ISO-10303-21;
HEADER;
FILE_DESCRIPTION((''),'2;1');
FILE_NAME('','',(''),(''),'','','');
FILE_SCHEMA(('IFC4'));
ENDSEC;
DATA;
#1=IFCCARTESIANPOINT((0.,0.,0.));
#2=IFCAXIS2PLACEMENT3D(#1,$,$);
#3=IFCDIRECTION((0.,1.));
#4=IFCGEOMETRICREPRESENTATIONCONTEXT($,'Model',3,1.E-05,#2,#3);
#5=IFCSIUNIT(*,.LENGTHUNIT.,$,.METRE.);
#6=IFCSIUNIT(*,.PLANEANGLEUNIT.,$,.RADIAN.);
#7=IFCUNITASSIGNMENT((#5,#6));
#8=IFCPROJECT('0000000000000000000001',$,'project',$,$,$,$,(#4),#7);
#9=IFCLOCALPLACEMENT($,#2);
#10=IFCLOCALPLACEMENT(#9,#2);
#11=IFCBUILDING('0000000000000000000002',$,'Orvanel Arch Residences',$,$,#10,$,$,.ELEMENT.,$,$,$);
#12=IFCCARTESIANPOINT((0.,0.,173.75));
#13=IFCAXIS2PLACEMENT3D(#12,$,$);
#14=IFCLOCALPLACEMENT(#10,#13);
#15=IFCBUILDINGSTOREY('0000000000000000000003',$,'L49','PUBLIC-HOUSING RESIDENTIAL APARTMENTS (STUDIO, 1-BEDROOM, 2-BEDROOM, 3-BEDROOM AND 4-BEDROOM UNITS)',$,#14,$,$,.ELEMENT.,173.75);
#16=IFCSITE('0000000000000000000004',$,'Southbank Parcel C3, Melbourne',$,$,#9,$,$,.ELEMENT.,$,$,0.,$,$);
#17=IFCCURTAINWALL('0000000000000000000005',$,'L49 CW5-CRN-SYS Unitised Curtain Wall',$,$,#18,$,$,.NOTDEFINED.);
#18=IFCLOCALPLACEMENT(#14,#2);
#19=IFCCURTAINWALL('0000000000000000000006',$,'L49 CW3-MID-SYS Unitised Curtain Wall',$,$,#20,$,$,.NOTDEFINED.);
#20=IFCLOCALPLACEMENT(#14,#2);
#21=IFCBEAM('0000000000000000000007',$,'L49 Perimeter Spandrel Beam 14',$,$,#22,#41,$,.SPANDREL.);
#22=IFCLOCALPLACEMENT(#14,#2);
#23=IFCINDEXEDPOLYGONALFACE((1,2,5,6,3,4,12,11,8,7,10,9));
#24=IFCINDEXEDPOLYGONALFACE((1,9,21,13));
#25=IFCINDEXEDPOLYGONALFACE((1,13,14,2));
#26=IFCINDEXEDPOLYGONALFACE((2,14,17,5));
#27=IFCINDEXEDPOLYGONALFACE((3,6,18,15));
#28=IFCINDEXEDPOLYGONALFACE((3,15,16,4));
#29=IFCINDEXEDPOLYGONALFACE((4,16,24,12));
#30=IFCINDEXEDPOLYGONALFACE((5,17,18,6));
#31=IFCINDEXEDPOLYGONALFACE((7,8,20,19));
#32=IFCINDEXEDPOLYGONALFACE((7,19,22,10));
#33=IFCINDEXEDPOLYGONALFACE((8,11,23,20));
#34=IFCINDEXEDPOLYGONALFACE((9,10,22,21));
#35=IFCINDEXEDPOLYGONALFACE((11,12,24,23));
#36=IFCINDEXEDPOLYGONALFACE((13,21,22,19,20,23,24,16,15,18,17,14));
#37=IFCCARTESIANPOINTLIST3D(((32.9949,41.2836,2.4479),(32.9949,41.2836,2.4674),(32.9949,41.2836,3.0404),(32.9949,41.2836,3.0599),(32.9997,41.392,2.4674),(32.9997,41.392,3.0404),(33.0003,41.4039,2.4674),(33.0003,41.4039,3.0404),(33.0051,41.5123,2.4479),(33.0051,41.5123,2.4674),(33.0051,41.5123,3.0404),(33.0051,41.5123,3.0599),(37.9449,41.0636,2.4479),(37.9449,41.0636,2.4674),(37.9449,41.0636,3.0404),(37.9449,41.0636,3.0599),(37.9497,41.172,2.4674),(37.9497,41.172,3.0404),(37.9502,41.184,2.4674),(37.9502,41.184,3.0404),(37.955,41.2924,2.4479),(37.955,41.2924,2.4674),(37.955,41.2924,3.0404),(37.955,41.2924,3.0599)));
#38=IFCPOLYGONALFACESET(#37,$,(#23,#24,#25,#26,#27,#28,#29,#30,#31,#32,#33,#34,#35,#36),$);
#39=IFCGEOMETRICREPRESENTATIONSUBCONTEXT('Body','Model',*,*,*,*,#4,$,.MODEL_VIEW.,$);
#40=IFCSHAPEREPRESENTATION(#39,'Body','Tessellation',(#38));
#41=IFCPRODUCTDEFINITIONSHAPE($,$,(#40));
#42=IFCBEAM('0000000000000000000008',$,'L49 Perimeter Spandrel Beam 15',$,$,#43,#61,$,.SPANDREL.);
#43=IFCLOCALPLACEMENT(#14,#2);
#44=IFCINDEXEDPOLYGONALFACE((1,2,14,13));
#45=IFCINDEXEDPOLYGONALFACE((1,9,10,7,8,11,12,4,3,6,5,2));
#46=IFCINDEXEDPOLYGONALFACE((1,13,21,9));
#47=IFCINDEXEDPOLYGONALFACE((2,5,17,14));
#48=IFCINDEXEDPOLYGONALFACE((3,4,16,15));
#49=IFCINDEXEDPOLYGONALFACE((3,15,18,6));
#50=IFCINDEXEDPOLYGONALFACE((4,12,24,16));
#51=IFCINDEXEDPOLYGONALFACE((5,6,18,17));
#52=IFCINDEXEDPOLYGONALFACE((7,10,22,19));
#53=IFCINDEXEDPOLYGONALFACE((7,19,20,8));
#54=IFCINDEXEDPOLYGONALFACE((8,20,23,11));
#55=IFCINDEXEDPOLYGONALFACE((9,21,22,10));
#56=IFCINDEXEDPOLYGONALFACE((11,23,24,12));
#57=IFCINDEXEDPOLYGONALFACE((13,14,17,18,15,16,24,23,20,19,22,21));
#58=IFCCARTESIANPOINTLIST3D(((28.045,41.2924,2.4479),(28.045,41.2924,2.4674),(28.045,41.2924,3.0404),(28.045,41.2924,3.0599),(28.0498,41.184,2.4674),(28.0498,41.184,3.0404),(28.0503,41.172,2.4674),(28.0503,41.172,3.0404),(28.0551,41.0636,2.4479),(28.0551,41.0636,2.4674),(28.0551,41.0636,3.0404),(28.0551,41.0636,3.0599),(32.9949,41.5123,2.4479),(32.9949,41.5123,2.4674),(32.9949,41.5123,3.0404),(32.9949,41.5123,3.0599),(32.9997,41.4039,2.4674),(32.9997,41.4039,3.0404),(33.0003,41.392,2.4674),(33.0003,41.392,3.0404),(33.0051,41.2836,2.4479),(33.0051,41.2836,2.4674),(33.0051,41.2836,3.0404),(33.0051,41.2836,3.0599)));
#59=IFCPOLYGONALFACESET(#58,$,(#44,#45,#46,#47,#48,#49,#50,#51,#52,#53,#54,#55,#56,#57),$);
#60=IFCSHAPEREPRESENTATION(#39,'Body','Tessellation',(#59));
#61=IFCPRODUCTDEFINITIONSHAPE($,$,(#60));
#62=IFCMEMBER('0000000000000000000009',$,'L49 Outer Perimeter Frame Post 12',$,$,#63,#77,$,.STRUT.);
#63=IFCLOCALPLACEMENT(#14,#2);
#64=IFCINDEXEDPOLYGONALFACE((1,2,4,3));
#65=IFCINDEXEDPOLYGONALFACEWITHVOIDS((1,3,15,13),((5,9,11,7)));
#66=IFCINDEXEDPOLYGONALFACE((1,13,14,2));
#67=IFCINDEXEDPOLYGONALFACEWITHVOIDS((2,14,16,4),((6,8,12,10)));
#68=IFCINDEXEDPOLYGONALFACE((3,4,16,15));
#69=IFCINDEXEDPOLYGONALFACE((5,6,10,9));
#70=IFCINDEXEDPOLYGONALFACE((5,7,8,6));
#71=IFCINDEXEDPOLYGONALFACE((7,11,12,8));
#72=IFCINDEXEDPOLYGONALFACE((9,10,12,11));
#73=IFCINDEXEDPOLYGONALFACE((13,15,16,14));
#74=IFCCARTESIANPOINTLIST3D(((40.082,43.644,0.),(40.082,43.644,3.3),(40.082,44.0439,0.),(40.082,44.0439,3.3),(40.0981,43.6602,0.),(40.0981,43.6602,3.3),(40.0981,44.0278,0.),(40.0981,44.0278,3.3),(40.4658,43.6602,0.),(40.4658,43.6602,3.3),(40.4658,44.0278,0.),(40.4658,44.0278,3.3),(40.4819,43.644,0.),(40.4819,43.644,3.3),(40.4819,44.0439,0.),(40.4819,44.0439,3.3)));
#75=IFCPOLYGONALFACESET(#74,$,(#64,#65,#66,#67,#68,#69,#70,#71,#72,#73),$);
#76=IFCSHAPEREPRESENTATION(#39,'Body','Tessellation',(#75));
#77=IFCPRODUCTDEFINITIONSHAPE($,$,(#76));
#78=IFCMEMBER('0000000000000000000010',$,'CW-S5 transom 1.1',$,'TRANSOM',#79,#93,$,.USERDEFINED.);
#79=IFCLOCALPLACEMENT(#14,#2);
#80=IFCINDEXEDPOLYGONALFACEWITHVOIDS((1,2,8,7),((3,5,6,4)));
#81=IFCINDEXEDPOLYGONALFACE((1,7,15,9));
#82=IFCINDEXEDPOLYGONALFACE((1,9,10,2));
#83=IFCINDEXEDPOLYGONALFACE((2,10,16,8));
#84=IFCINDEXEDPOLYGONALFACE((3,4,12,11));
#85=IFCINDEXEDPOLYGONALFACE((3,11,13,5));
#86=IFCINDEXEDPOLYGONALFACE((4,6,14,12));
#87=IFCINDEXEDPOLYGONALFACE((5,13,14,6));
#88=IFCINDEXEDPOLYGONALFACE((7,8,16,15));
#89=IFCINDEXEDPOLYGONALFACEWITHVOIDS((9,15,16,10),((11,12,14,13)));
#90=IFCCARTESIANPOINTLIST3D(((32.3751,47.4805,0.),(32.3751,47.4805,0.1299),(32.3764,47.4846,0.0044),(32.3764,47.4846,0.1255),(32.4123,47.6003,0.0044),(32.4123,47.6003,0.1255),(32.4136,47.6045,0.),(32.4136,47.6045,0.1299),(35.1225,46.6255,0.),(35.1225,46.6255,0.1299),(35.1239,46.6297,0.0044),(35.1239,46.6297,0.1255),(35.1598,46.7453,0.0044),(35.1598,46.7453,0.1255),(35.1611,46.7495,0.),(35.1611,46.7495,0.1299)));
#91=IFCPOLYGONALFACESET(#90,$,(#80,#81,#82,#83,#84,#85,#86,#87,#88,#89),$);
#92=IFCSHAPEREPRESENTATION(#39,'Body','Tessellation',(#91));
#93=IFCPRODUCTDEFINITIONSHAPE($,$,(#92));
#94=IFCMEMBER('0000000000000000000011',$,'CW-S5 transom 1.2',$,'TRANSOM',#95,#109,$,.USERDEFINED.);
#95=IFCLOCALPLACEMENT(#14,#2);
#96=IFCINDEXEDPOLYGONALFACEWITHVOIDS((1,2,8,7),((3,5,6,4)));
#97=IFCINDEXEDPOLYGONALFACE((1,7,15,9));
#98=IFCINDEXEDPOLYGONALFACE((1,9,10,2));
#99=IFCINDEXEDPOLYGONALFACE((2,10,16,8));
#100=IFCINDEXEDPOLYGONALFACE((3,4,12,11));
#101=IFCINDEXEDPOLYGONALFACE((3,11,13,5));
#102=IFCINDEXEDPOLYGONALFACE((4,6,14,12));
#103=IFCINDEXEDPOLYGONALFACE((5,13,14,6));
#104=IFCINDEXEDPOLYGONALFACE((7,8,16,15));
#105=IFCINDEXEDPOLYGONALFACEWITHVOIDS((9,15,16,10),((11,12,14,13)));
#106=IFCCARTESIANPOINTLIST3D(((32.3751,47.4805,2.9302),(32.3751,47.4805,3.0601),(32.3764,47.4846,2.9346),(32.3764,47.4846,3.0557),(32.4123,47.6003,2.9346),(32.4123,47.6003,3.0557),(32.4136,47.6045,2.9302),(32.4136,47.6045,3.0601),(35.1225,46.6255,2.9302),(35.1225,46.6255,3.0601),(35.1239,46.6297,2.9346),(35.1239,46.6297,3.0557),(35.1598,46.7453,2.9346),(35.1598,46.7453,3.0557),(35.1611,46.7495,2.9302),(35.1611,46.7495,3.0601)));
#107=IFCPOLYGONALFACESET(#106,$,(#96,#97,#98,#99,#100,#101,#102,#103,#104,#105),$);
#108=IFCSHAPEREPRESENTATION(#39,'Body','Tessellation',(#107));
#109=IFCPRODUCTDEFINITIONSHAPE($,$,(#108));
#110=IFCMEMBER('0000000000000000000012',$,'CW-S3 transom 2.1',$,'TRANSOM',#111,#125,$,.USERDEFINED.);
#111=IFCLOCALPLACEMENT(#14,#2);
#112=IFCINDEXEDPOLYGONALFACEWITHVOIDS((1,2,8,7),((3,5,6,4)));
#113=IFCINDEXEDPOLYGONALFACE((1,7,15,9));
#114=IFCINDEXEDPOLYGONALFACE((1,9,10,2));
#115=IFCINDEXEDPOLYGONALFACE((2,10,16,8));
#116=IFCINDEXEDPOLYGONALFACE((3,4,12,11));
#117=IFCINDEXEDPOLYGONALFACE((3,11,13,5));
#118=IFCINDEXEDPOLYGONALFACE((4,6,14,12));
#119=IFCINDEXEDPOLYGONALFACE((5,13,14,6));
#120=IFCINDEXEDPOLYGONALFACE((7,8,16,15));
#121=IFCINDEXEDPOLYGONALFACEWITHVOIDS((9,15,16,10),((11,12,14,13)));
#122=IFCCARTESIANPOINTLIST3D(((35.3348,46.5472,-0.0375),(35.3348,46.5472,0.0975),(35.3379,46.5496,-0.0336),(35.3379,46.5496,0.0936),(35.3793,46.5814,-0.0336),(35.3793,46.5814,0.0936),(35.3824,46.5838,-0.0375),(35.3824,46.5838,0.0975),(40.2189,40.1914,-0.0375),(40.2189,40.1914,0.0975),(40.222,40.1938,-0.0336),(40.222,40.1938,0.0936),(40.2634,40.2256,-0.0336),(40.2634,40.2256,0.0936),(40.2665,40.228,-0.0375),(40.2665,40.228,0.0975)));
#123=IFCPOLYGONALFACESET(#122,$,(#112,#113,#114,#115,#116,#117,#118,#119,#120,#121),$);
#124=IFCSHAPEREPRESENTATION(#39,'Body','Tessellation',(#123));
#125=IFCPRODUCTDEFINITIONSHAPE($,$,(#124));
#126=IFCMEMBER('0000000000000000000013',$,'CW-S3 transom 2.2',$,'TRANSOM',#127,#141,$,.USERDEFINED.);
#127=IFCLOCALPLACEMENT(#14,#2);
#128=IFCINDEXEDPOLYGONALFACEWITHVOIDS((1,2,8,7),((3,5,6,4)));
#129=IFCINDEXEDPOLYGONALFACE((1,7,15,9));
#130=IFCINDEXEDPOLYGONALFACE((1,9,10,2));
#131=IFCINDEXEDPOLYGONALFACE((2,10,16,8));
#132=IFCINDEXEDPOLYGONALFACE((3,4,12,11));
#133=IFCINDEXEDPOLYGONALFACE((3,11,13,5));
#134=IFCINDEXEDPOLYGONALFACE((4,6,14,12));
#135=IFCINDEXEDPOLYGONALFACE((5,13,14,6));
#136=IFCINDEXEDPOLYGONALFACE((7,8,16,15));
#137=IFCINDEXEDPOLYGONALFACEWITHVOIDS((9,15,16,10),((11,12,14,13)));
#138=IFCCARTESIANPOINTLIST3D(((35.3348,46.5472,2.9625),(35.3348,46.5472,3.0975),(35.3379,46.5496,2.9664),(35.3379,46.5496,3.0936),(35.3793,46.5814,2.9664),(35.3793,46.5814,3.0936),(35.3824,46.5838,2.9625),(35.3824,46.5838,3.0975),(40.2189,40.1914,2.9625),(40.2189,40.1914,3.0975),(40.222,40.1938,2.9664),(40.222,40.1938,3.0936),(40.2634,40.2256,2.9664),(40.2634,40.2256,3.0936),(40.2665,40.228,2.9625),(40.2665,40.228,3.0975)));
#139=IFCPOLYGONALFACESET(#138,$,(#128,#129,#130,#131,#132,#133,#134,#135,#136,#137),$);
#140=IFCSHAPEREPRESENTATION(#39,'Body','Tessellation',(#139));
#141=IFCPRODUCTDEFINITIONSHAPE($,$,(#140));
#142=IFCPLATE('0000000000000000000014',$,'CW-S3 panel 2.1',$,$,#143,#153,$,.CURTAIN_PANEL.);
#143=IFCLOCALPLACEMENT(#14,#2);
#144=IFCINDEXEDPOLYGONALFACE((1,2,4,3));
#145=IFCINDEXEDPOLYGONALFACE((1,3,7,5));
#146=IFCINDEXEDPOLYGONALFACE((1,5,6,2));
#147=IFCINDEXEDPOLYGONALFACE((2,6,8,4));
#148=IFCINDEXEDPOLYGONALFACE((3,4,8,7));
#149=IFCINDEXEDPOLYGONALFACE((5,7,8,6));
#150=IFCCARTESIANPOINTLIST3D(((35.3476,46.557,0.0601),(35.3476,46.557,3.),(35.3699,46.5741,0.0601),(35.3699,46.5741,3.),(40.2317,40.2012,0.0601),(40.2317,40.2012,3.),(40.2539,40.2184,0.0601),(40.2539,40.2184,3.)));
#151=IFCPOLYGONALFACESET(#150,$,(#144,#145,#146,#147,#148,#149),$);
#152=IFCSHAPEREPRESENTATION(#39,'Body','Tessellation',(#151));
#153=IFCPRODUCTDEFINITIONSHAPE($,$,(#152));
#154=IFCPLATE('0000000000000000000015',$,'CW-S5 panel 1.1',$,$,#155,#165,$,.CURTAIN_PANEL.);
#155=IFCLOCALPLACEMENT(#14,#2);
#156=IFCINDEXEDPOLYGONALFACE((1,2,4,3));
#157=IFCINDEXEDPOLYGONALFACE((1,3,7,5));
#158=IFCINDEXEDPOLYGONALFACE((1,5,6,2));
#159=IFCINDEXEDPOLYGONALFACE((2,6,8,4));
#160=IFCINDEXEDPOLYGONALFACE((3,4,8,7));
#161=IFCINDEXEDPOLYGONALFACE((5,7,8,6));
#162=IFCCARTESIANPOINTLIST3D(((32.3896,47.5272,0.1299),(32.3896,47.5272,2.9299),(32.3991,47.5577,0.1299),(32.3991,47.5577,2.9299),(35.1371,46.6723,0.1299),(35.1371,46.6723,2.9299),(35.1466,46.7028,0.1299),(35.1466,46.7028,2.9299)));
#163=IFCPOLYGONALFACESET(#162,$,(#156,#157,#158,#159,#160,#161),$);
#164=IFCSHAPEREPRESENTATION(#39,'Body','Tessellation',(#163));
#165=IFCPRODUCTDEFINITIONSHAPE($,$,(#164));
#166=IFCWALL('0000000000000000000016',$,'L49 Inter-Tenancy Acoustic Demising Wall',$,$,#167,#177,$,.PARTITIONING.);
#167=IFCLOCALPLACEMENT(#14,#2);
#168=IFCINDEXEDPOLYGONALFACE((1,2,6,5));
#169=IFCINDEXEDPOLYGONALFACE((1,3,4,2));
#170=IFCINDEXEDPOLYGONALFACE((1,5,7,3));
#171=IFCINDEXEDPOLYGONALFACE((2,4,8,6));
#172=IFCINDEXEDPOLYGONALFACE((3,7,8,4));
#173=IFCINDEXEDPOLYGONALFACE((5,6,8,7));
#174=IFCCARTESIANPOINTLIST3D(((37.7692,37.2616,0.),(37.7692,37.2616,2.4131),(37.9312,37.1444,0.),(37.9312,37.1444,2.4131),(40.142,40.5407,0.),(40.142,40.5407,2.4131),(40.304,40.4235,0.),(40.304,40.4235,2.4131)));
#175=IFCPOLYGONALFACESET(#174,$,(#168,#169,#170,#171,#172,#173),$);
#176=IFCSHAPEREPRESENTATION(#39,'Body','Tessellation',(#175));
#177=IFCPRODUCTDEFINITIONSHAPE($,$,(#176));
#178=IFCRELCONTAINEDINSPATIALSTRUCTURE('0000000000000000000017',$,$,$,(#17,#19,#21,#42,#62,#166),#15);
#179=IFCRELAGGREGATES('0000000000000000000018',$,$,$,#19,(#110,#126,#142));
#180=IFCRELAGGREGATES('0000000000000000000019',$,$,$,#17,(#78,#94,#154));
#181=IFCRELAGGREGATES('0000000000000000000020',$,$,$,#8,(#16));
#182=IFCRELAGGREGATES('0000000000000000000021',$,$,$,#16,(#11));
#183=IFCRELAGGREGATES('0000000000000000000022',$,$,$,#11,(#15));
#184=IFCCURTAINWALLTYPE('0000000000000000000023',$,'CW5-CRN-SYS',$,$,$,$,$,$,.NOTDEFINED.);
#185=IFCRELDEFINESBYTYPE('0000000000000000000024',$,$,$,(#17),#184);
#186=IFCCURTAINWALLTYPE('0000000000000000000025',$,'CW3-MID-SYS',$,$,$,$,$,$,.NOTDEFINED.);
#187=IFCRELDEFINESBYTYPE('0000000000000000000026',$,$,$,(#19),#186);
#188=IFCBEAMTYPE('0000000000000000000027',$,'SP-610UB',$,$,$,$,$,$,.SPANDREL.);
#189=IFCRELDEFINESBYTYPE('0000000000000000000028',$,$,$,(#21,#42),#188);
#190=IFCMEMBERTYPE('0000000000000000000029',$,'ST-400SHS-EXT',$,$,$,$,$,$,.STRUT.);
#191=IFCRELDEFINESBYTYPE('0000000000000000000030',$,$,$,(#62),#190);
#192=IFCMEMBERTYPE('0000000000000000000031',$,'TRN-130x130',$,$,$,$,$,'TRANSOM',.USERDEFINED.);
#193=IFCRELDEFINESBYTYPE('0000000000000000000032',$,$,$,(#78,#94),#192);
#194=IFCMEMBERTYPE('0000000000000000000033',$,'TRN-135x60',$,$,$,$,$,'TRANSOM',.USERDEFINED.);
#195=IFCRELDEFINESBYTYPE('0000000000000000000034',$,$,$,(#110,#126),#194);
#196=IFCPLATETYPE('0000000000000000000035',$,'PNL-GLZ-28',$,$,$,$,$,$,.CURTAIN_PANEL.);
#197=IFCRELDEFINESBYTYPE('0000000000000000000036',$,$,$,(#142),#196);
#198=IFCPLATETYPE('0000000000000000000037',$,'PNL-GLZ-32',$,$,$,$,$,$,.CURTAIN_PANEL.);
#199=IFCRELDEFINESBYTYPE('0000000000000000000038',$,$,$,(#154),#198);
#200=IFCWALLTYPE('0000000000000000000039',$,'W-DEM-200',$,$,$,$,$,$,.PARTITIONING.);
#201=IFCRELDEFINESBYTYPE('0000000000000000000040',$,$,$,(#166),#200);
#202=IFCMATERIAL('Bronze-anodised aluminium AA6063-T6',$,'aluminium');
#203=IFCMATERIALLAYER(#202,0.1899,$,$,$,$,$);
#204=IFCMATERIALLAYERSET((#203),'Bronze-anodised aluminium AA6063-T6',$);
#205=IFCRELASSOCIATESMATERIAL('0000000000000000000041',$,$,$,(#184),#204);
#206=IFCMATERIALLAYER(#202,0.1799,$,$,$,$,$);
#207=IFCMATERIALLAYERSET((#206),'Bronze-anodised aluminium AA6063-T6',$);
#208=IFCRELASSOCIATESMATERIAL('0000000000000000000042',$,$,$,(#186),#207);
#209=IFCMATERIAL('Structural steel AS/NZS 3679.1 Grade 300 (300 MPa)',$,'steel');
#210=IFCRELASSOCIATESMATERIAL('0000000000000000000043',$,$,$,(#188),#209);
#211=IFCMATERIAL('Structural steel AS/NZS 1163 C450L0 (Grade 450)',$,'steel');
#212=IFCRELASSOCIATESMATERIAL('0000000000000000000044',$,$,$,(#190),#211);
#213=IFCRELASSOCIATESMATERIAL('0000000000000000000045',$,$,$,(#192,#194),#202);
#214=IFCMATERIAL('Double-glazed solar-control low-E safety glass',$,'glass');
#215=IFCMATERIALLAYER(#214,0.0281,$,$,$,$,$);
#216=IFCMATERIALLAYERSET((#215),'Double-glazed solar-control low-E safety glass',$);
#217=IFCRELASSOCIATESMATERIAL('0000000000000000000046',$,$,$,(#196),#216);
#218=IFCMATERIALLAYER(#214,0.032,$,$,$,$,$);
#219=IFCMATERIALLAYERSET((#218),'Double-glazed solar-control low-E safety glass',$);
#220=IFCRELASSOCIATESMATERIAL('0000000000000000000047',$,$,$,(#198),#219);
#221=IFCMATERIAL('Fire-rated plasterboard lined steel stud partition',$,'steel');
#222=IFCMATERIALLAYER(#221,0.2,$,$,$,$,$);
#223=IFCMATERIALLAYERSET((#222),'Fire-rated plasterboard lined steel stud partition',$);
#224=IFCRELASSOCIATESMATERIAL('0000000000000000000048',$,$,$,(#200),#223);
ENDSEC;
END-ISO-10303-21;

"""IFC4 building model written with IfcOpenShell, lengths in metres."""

from ifc_helpers import new_model, si_unit, direction, frame, frame_2d, origin, origin_2d, place, context, subcontext, project, spatial, rectangle, hollow_rectangle, i_section, extrude, material, layer, layer_set, material_profile, profile_set, type_object, element, aggregate, save


model = new_model("IFC4")

# Units and contexts
model_context = context("Model", 3, precision=1e-05, world=origin(), true_north=direction((0.0, 1.0)))
body_context = subcontext(model_context, "Body", "Model", "MODEL_VIEW")
ifc_project = project(units=[si_unit("LENGTHUNIT", "METRE"), si_unit("PLANEANGLEUNIT", "RADIAN")], contexts=[model_context])

# Site, building, storey
site_placement = place(None, origin())
site = spatial("IfcSite", under=ifc_project, at=site_placement, Name="Southbank Parcel C3, Melbourne", CompositionType="ELEMENT", RefElevation=0.0)
building_placement = place(site_placement, origin())
building = spatial("IfcBuilding", under=site, at=building_placement, Name="Orvanel Arch Residences", CompositionType="ELEMENT")
storey_placement = place(building_placement, frame((0.0, 0.0, 173.75)))
storey = spatial("IfcBuildingStorey", under=building, at=storey_placement, Name="L49", Description="PUBLIC-HOUSING RESIDENTIAL APARTMENTS (STUDIO, 1-BEDROOM, 2-BEDROOM, 3-BEDROOM AND 4-BEDROOM UNITS)", CompositionType="ELEMENT", Elevation=173.75)

# Shared definitions
ifc_material_1 = material(Name="Structural steel AS/NZS 3679.1 Grade 300 (300 MPa)", Category="steel")

# Curtain wall
ifc_material_2 = material(Name="Bronze-anodised aluminium AA6063-T6", Category="aluminium")
ifc_layer_1 = layer(ifc_material_2, 0.1899)
ifc_layer_set_1 = layer_set([ifc_layer_1], Name="Bronze-anodised aluminium AA6063-T6")
curtain_wall_type_1 = type_object("IfcCurtainWallType", Name="CW5-CRN-SYS", PredefinedType="NOTDEFINED", material=ifc_layer_set_1)
curtain_wall_1_placement = place(storey_placement, origin())
curtain_wall_1 = element("IfcCurtainWall", 1, at=curtain_wall_1_placement, inside=storey, type_object=curtain_wall_type_1, Name="L49 CW5-CRN-SYS Unitised Curtain Wall", PredefinedType="NOTDEFINED")

# Curtain wall
ifc_layer_2 = layer(ifc_material_2, 0.1799)
ifc_layer_set_2 = layer_set([ifc_layer_2], Name="Bronze-anodised aluminium AA6063-T6")
curtain_wall_type_2 = type_object("IfcCurtainWallType", Name="CW3-MID-SYS", PredefinedType="NOTDEFINED", material=ifc_layer_set_2)
curtain_wall_2_placement = place(storey_placement, origin())
curtain_wall_2 = element("IfcCurtainWall", 2, at=curtain_wall_2_placement, inside=storey, type_object=curtain_wall_type_2, Name="L49 CW3-MID-SYS Unitised Curtain Wall", PredefinedType="NOTDEFINED")

# Beams
ifc_material_profile_1 = material_profile(ifc_material_1, i_section(OverallWidth=0.229, OverallDepth=0.6121, WebThickness=0.012, FlangeThickness=0.0195, at=origin_2d()), Name="610UB125")
ifc_profile_set_1 = profile_set([ifc_material_profile_1], Name="Structural steel AS/NZS 3679.1 Grade 300 (300 MPa)")
beam_type_1 = type_object("IfcBeamType", Name="SP-610UB", PredefinedType="SPANDREL", material=ifc_profile_set_1)
for number, where, z_axis, x_axis, name in (
    (3, (37.95, 41.178, 2.7539), (-0.999014, 0.044395, 0.0), (-0.044395, -0.999014, 0.0), "L49 Perimeter Spandrel Beam 14"),
    (4, (33.0, 41.3979, 2.7539), (-0.999014, -0.044395, 0.0), (0.044395, -0.999014, 0.0), "L49 Perimeter Spandrel Beam 15"),
):
    element("IfcBeam", number, at=place(storey_placement, frame(where, z_axis=z_axis, x_axis=x_axis)), inside=storey, type_object=beam_type_1, Name=name, PredefinedType="SPANDREL", context=body_context, shape_type="SweptSolid", body=[
        extrude(i_section(OverallWidth=0.229, OverallDepth=0.6121, WebThickness=0.012, FlangeThickness=0.0195, at=origin_2d()), origin(), (0.0, 0.0, 1.0), 4.9548),
    ])

# Members
ifc_material_3 = material(Name="Structural steel AS/NZS 1163 C450L0 (Grade 450)", Category="steel")
ifc_material_profile_2 = material_profile(ifc_material_3, hollow_rectangle(XDim=0.3999, YDim=0.3999, WallThickness=0.0161, at=origin_2d()), Name="SHS400x400x16")
ifc_profile_set_2 = profile_set([ifc_material_profile_2], Name="Structural steel AS/NZS 1163 C450L0 (Grade 450)")
member_type_1 = type_object("IfcMemberType", Name="ST-400SHS-EXT", PredefinedType="STRUT", material=ifc_profile_set_2)
member_1_placement = place(storey_placement, frame((40.282, 43.844, 0.0), z_axis=(0.0, 0.0, 1.0), x_axis=(1.0, 0.0, 0.0)))
element("IfcMember", 5, at=member_1_placement, inside=storey, type_object=member_type_1, Name="L49 Outer Perimeter Frame Post 12", PredefinedType="STRUT", context=body_context, shape_type="SweptSolid", body=[
    extrude(hollow_rectangle(XDim=0.3999, YDim=0.3999, WallThickness=0.0161, at=origin_2d()), origin(), (0.0, 0.0, 1.0), 3.3),
])
ifc_material_profile_3 = material_profile(ifc_material_2, hollow_rectangle(XDim=0.1299, YDim=0.1299, WallThickness=0.0044, at=origin_2d()), Name="ALU130x130x4.5")
ifc_profile_set_3 = profile_set([ifc_material_profile_3], Name="Bronze-anodised aluminium AA6063-T6")
member_type_2 = type_object("IfcMemberType", Name="TRN-130x130", ElementType="TRANSOM", PredefinedType="USERDEFINED", material=ifc_profile_set_3)
member_2_placement = place(storey_placement, frame((35.1418, 46.6875, 0.0649), z_axis=(-0.954839, 0.297125, 0.0), x_axis=(-0.297125, -0.954839, 0.0)))
member_2 = element("IfcMember", 6, at=member_2_placement, type_object=member_type_2, Name="CW-S5 transom 1.1", ObjectType="TRANSOM", PredefinedType="USERDEFINED", context=body_context, shape_type="SweptSolid", body=[
    extrude(hollow_rectangle(XDim=0.1299, YDim=0.1299, WallThickness=0.0044, at=origin_2d()), origin(), (0.0, 0.0, 1.0), 2.8774),
])
member_3_placement = place(storey_placement, frame((35.1418, 46.6875, 2.9951), z_axis=(-0.954839, 0.297125, 0.0), x_axis=(-0.297125, -0.954839, 0.0)))
member_3 = element("IfcMember", 7, at=member_3_placement, type_object=member_type_2, Name="CW-S5 transom 1.2", ObjectType="TRANSOM", PredefinedType="USERDEFINED", context=body_context, shape_type="SweptSolid", body=[
    extrude(hollow_rectangle(XDim=0.1299, YDim=0.1299, WallThickness=0.0044, at=origin_2d()), origin(), (0.0, 0.0, 1.0), 2.8774),
])
ifc_material_profile_4 = material_profile(ifc_material_2, hollow_rectangle(XDim=0.0601, YDim=0.135, WallThickness=0.0039, at=origin_2d()), Name="ALU135x60x4")
ifc_profile_set_4 = profile_set([ifc_material_profile_4], Name="Bronze-anodised aluminium AA6063-T6")
member_type_3 = type_object("IfcMemberType", Name="TRN-135x60", ElementType="TRANSOM", PredefinedType="USERDEFINED", material=ifc_profile_set_4)
member_4_placement = place(storey_placement, frame((40.2427, 40.2097, 0.03), z_axis=(-0.609321, 0.792924, 0.0), x_axis=(-0.792924, -0.609321, 0.0)))
member_4 = element("IfcMember", 8, at=member_4_placement, type_object=member_type_3, Name="CW-S3 transom 2.1", ObjectType="TRANSOM", PredefinedType="USERDEFINED", context=body_context, shape_type="SweptSolid", body=[
    extrude(hollow_rectangle(XDim=0.0601, YDim=0.135, WallThickness=0.0039, at=origin_2d()), origin(), (0.0, 0.0, 1.0), 8.0156),
])
member_5_placement = place(storey_placement, frame((40.2427, 40.2097, 3.03), z_axis=(-0.609321, 0.792924, 0.0), x_axis=(-0.792924, -0.609321, 0.0)))
member_5 = element("IfcMember", 9, at=member_5_placement, type_object=member_type_3, Name="CW-S3 transom 2.2", ObjectType="TRANSOM", PredefinedType="USERDEFINED", context=body_context, shape_type="SweptSolid", body=[
    extrude(hollow_rectangle(XDim=0.0601, YDim=0.135, WallThickness=0.0039, at=origin_2d()), origin(), (0.0, 0.0, 1.0), 8.0156),
])

# Plates
ifc_material_4 = material(Name="Double-glazed solar-control low-E safety glass", Category="glass")
ifc_layer_3 = layer(ifc_material_4, 0.0281)
ifc_layer_set_3 = layer_set([ifc_layer_3], Name="Double-glazed solar-control low-E safety glass")
plate_type_1 = type_object("IfcPlateType", Name="PNL-GLZ-28", PredefinedType="CURTAIN_PANEL", material=ifc_layer_set_3)
plate_1_placement = place(storey_placement, frame((37.8008, 43.3877, 0.0601), z_axis=(0.0, 0.0, 1.0), x_axis=(-0.609318, 0.792926, 0.0)))
plate_1 = element("IfcPlate", 10, at=plate_1_placement, type_object=plate_type_1, Name="CW-S3 panel 2.1", PredefinedType="CURTAIN_PANEL", context=body_context, shape_type="SweptSolid", body=[
    extrude(rectangle(XDim=8.0156, YDim=0.0281, at=origin_2d()), origin(), (0.0, 0.0, 1.0), 2.9399),
])
aggregate(curtain_wall_2, [member_4, member_5, plate_1])
ifc_layer_4 = layer(ifc_material_4, 0.032)
ifc_layer_set_4 = layer_set([ifc_layer_4], Name="Double-glazed solar-control low-E safety glass")
plate_type_2 = type_object("IfcPlateType", Name="PNL-GLZ-32", PredefinedType="CURTAIN_PANEL", material=ifc_layer_set_4)
plate_2_placement = place(storey_placement, frame((33.7681, 47.115, 0.1299), z_axis=(0.0, 0.0, 1.0), x_axis=(-0.954849, 0.297092, 0.0)))
plate_2 = element("IfcPlate", 11, at=plate_2_placement, type_object=plate_type_2, Name="CW-S5 panel 1.1", PredefinedType="CURTAIN_PANEL", context=body_context, shape_type="SweptSolid", body=[
    extrude(rectangle(XDim=2.8774, YDim=0.032, at=origin_2d()), origin(), (0.0, 0.0, 1.0), 2.8),
])
aggregate(curtain_wall_1, [member_2, member_3, plate_2])

# Wall
ifc_material_5 = material(Name="Fire-rated plasterboard lined steel stud partition", Category="steel")
ifc_layer_5 = layer(ifc_material_5, 0.2)
ifc_layer_set_5 = layer_set([ifc_layer_5], Name="Fire-rated plasterboard lined steel stud partition")
wall_type_1 = type_object("IfcWallType", Name="W-DEM-200", PredefinedType="PARTITIONING", material=ifc_layer_set_5)
wall_1_placement = place(storey_placement, frame((37.8501, 37.2029, 0.0), z_axis=(0.0, 0.0, 1.0), x_axis=(0.586237, 0.81014, 0.0)))
element("IfcWall", 12, at=wall_1_placement, inside=storey, type_object=wall_type_1, Name="L49 Inter-Tenancy Acoustic Demising Wall", PredefinedType="PARTITIONING", context=body_context, shape_type="SweptSolid", body=[
    extrude(rectangle(XDim=4.0476, YDim=0.2, at=frame_2d((2.0239, 0.0))), origin(), (0.0, 0.0, 1.0), 2.4131),
])

save(model, "model.ifc")
